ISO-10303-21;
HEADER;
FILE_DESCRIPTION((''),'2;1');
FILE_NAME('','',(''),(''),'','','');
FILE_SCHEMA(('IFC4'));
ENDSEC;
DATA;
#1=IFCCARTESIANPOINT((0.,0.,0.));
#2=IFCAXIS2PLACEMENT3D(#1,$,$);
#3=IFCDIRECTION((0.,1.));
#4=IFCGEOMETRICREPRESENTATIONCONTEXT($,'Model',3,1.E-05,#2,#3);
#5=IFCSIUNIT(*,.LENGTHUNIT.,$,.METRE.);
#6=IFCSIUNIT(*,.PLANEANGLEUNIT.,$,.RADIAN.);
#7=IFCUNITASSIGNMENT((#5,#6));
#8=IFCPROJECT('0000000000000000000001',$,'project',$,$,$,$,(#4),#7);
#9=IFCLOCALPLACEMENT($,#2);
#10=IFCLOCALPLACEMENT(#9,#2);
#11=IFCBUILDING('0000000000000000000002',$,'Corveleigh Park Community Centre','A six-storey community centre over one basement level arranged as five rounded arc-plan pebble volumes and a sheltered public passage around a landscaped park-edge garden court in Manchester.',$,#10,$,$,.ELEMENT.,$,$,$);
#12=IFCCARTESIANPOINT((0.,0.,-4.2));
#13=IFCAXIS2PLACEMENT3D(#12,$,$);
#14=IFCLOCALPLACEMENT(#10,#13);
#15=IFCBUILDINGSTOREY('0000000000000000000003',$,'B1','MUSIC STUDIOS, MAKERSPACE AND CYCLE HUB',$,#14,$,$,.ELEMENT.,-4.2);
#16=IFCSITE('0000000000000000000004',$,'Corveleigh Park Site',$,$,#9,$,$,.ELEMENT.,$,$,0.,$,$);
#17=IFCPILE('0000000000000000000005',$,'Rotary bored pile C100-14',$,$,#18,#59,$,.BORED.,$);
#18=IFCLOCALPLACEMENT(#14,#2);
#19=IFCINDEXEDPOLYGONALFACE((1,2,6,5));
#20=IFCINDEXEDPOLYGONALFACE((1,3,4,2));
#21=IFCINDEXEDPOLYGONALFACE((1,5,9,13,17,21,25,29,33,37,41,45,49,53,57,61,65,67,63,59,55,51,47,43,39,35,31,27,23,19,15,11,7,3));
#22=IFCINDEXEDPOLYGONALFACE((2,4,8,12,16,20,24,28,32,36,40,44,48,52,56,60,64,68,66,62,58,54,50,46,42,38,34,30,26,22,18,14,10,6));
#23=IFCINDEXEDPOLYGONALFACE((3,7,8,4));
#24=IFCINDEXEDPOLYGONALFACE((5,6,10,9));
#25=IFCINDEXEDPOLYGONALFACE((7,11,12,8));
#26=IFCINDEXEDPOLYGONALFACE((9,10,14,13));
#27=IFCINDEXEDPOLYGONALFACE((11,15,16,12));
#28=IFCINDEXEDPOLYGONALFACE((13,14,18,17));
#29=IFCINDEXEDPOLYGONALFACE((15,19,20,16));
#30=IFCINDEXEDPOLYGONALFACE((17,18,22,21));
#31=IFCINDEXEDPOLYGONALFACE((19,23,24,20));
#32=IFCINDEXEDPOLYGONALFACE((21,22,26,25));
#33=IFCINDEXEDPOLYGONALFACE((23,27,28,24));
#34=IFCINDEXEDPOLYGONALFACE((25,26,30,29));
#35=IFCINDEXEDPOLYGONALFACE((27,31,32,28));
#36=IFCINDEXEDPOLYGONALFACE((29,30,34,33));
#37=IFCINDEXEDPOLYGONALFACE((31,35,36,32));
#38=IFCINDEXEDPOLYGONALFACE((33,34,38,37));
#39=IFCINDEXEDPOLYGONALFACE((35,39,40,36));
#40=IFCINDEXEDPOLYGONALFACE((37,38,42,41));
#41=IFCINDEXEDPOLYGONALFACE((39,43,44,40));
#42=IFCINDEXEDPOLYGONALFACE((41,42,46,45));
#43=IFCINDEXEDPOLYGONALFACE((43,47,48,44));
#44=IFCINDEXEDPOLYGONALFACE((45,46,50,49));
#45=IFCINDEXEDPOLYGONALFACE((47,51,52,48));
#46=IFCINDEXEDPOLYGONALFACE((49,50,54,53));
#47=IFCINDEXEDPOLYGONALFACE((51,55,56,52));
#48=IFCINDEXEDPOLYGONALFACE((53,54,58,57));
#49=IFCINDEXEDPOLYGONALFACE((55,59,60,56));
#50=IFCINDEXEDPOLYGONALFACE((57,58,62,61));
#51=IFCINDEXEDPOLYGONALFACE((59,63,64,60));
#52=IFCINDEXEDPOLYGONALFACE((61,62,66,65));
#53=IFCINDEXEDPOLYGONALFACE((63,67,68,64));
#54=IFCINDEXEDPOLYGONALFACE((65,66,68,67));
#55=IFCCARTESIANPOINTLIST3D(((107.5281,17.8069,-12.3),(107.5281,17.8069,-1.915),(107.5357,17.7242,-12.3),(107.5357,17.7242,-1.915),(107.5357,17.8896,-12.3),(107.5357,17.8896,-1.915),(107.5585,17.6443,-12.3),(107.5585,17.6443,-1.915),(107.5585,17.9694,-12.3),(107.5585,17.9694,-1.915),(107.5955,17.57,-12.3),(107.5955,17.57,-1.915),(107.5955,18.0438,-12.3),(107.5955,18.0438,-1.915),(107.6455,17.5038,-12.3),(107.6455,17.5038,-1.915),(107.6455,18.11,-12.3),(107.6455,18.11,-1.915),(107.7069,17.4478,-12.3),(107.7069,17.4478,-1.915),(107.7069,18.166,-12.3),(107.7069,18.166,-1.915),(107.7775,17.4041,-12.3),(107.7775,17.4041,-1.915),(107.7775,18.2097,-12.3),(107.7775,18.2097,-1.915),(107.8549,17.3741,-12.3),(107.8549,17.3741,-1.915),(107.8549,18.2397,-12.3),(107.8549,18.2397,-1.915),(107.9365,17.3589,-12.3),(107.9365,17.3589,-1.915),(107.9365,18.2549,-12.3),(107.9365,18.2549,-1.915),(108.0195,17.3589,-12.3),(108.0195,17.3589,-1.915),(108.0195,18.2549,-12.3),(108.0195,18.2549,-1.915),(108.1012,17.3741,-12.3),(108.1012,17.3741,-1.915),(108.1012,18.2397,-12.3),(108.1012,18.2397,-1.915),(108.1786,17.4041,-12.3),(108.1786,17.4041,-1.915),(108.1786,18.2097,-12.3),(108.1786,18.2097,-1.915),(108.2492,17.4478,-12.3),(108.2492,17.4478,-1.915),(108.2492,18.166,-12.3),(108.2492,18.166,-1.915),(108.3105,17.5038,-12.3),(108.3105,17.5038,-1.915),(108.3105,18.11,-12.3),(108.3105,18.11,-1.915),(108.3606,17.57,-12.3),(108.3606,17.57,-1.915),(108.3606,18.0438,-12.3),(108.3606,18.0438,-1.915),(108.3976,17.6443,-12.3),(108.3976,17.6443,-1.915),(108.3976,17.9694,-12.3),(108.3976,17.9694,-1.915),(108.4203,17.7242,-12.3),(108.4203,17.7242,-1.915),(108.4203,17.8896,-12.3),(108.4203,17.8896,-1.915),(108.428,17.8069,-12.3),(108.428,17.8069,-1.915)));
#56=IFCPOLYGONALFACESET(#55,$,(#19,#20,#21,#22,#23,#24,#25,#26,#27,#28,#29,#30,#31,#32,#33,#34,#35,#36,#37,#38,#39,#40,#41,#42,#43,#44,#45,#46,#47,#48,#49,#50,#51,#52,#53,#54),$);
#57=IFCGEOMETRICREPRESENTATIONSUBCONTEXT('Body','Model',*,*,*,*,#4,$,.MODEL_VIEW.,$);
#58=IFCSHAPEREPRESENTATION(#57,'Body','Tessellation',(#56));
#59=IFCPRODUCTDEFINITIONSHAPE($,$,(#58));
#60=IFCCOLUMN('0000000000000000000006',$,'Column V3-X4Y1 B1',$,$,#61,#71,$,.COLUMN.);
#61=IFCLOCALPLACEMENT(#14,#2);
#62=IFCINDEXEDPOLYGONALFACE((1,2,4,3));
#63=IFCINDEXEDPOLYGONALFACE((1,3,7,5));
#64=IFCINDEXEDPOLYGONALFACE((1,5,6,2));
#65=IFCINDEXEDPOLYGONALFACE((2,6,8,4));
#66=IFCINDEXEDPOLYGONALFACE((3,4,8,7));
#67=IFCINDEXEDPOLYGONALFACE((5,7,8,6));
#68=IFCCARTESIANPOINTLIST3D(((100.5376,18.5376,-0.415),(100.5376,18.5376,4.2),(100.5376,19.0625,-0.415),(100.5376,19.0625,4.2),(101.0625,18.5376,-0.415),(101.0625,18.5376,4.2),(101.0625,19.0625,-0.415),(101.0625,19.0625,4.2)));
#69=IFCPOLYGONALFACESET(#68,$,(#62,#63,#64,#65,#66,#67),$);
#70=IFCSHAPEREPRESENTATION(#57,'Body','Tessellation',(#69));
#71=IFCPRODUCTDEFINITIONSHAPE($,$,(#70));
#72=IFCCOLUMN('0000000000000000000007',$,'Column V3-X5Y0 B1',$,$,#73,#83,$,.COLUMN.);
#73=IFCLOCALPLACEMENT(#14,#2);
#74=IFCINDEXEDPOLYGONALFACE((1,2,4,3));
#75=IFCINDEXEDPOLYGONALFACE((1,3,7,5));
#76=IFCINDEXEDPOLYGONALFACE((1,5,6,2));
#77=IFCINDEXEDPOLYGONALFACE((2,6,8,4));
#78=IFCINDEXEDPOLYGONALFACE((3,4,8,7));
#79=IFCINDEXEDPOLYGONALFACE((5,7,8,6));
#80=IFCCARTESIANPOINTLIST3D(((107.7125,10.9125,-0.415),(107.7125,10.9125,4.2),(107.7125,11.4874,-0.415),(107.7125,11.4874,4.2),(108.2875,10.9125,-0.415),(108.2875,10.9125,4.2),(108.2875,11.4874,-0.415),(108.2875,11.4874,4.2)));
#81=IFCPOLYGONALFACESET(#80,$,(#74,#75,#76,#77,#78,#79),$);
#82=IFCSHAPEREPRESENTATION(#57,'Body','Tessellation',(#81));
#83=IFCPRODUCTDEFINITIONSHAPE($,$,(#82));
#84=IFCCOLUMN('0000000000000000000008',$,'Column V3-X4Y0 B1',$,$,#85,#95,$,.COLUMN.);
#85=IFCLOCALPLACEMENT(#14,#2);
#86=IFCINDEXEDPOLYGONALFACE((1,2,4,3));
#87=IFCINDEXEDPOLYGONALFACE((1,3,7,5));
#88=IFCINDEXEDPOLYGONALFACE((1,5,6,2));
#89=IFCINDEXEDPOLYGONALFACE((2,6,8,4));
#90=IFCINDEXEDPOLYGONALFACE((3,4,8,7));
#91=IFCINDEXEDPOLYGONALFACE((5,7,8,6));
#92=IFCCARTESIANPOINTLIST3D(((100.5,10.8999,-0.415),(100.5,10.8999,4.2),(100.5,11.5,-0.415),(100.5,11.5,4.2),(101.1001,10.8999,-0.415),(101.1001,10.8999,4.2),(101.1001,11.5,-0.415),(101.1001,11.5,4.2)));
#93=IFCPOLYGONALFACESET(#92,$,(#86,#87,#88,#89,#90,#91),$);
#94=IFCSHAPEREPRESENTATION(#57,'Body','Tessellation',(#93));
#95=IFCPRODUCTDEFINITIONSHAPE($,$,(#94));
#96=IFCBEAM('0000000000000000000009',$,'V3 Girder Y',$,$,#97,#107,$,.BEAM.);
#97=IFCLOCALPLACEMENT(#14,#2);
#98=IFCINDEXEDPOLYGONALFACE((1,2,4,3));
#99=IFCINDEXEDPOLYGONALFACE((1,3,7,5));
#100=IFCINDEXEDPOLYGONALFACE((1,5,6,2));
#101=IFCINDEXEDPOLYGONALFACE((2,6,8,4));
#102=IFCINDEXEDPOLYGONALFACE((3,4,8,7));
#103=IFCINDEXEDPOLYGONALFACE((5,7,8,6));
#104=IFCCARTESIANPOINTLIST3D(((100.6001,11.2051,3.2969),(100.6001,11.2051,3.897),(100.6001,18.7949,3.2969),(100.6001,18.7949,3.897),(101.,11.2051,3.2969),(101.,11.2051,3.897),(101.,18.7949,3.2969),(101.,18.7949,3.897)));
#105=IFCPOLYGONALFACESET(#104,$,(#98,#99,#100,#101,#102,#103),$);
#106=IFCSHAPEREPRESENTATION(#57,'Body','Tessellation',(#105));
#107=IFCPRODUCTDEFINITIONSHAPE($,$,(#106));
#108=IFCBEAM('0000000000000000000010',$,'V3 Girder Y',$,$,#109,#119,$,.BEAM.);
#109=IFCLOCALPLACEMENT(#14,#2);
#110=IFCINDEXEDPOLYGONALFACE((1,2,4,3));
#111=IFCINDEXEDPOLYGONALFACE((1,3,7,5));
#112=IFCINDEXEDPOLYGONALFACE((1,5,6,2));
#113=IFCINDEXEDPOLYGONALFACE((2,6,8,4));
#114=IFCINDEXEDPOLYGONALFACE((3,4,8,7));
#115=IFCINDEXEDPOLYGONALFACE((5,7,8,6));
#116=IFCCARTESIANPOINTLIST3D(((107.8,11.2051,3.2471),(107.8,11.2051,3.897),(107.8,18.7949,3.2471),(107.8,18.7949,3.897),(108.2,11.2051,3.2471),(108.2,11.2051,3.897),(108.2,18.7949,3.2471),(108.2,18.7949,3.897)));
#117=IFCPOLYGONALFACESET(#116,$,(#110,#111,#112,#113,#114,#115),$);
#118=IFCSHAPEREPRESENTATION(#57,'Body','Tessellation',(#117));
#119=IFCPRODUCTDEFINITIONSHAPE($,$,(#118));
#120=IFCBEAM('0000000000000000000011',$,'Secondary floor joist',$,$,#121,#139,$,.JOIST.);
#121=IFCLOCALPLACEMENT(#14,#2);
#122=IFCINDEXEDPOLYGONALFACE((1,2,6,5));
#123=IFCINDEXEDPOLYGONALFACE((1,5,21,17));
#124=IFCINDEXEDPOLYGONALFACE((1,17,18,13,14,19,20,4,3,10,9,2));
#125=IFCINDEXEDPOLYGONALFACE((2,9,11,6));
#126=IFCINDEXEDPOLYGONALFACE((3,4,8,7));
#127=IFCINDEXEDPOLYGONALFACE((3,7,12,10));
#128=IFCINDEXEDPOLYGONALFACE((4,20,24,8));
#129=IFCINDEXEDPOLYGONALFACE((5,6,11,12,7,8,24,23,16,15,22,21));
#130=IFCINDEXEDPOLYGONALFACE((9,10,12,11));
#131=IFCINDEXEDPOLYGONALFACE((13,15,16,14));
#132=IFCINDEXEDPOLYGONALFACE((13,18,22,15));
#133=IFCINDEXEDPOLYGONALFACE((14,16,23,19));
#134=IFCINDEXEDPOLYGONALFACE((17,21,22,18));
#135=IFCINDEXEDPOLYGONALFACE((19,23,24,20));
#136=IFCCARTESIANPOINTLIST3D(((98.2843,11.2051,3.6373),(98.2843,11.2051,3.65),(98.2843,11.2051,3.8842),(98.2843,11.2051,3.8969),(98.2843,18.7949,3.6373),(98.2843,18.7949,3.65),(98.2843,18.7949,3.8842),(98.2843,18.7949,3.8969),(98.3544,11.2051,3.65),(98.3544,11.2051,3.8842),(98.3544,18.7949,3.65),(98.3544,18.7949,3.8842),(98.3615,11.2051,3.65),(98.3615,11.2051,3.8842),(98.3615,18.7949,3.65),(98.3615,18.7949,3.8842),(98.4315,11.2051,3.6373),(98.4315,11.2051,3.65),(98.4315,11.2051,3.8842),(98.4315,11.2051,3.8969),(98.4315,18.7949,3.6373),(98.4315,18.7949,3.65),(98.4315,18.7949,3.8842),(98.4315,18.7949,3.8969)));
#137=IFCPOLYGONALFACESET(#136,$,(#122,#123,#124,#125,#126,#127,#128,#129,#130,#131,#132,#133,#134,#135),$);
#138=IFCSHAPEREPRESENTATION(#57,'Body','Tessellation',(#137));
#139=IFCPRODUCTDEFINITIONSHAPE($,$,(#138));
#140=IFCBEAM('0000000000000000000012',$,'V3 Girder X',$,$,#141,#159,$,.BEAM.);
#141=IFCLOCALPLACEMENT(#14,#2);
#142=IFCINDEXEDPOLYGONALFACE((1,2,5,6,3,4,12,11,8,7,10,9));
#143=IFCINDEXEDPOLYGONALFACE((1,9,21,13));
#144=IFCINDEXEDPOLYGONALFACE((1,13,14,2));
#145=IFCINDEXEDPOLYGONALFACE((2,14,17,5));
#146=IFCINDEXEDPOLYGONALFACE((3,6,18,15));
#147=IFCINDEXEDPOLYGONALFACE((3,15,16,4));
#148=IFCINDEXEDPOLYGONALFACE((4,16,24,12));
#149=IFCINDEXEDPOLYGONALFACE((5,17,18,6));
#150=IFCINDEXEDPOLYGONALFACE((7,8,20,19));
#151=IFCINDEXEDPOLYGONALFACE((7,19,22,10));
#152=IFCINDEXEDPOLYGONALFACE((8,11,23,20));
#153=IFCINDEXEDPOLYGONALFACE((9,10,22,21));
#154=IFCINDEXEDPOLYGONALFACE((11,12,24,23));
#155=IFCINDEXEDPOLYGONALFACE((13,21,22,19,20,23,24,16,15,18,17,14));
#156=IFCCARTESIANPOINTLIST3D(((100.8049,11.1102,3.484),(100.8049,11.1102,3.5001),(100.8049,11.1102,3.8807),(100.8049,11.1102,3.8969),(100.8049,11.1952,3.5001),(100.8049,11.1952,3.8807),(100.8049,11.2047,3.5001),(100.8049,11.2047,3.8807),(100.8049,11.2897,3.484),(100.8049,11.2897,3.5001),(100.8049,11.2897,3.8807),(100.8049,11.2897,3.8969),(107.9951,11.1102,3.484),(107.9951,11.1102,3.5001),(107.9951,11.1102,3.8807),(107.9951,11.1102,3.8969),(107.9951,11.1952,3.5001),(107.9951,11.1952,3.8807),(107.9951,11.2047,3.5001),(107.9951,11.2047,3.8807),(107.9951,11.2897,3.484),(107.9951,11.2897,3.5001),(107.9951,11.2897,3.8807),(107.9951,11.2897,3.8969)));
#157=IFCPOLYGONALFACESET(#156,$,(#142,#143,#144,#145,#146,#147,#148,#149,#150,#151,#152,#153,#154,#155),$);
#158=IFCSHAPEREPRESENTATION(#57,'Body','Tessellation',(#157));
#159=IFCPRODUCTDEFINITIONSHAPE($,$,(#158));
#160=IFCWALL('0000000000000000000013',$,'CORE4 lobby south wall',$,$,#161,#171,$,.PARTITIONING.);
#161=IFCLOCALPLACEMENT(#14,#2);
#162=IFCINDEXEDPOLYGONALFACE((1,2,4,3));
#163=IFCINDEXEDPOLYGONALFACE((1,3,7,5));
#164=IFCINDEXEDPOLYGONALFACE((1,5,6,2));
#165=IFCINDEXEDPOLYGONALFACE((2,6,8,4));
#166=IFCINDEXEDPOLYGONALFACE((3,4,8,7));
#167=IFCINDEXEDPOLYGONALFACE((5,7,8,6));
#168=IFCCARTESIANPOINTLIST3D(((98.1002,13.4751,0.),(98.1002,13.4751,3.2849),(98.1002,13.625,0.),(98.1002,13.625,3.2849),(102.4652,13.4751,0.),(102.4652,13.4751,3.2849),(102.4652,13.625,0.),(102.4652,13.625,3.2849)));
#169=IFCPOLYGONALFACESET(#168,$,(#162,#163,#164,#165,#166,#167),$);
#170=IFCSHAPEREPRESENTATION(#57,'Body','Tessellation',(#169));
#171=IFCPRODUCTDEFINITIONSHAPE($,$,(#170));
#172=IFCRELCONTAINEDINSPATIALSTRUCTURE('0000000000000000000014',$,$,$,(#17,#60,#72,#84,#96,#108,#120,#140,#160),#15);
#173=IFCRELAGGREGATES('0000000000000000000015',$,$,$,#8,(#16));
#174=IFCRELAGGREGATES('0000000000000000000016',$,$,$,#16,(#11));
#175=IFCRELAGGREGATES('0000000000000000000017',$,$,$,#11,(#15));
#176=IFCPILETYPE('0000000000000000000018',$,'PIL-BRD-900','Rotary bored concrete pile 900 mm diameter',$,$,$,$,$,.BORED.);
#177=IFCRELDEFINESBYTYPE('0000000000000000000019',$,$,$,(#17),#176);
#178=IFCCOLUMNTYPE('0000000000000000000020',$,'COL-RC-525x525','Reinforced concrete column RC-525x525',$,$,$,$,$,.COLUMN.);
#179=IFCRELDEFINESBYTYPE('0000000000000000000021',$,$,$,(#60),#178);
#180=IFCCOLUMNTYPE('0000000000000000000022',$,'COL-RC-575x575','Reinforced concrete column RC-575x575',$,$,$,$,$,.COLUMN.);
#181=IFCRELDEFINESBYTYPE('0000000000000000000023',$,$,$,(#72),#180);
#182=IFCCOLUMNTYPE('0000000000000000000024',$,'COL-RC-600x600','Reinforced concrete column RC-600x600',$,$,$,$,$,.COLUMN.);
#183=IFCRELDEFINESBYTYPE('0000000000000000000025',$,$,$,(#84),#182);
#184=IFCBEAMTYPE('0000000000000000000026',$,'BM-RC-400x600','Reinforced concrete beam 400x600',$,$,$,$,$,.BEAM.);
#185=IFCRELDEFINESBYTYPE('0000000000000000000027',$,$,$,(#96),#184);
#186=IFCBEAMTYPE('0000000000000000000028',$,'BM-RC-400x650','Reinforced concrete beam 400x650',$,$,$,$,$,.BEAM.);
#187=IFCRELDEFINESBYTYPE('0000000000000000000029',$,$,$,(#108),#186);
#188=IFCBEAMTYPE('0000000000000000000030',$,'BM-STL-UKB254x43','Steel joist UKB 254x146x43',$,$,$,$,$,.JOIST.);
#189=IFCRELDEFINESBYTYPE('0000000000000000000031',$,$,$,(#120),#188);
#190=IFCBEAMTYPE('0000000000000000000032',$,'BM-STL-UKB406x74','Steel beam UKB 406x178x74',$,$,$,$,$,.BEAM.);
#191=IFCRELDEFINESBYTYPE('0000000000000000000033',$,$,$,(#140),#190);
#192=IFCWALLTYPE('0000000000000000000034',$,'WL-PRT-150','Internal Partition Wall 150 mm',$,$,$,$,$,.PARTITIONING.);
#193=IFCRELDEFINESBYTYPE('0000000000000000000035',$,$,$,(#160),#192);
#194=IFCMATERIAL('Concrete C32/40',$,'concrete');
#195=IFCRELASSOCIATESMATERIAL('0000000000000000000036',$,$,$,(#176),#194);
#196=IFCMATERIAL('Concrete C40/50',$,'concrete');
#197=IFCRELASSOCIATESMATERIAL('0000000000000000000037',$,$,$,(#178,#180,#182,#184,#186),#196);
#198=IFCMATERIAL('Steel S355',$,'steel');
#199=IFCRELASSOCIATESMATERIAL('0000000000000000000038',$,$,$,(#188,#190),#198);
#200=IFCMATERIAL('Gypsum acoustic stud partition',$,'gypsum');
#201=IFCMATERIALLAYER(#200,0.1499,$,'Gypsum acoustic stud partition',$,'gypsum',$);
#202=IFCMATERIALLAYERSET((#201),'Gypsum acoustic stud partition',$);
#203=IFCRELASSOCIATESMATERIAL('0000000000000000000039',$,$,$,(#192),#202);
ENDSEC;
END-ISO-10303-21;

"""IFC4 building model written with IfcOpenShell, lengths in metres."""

from ifc_helpers import new_model, si_unit, direction, frame, frame_2d, origin, origin_2d, place, context, subcontext, project, spatial, rectangle, circle, i_section, extrude, material, layer, layer_set, material_profile, profile_set, type_object, element, save


model = new_model("IFC4")

# Units and contexts
model_context = context("Model", 3, precision=1e-05, world=origin(), true_north=direction((0.0, 1.0)))
body_context = subcontext(model_context, "Body", "Model", "MODEL_VIEW")
ifc_project = project(units=[si_unit("LENGTHUNIT", "METRE"), si_unit("PLANEANGLEUNIT", "RADIAN")], contexts=[model_context])

# Site, building, storey
site_placement = place(None, origin())
site = spatial("IfcSite", under=ifc_project, at=site_placement, Name="Corveleigh Park Site", CompositionType="ELEMENT", RefElevation=0.0)
building_placement = place(site_placement, origin())
building = spatial("IfcBuilding", under=site, at=building_placement, Name="Corveleigh Park Community Centre", Description="A six-storey community centre over one basement level arranged as five rounded arc-plan pebble volumes and a sheltered public passage around a landscaped park-edge garden court in Manchester.", CompositionType="ELEMENT")
storey_placement = place(building_placement, frame((0.0, 0.0, -4.2)))
storey = spatial("IfcBuildingStorey", under=building, at=storey_placement, Name="B1", Description="MUSIC STUDIOS, MAKERSPACE AND CYCLE HUB", CompositionType="ELEMENT", Elevation=-4.2)

# Pile
ifc_material_1 = material(Name="Concrete C32/40", Category="concrete")
ifc_material_profile_1 = material_profile(ifc_material_1, circle(Radius=0.45, at=origin_2d()), Name="BORED-PILE-900", Category="concrete")
ifc_profile_set_1 = profile_set([ifc_material_profile_1], Name="Concrete C32/40")
pile_type_1 = type_object("IfcPileType", Name="PIL-BRD-900", Description="Rotary bored concrete pile 900 mm diameter", PredefinedType="BORED", material=ifc_profile_set_1)
for number, where, z_axis, x_axis, name in (
    (1, (107.978, 17.8069, -1.915), (0.0, 0.0, -1.0), (1.0, 0.0, 0.0), "Rotary bored pile C100-14"),
):
    element("IfcPile", number, at=place(storey_placement, frame(where, z_axis=z_axis, x_axis=x_axis)), inside=storey, type_object=pile_type_1, Name=name, PredefinedType="BORED", context=body_context, shape_type="SweptSolid", body=[
        extrude(circle(Radius=0.45, at=origin_2d()), origin(), (0.0, 0.0, 1.0), 10.385),
    ])

# Columns
ifc_material_2 = material(Name="Concrete C40/50", Category="concrete")
ifc_material_profile_2 = material_profile(ifc_material_2, rectangle(XDim=0.5249, YDim=0.5249, at=origin_2d()), Name="RC-525x525", Category="concrete")
ifc_profile_set_2 = profile_set([ifc_material_profile_2], Name="Concrete C40/50")
column_type_1 = type_object("IfcColumnType", Name="COL-RC-525x525", Description="Reinforced concrete column RC-525x525", PredefinedType="COLUMN", material=ifc_profile_set_2)
column_1_placement = place(storey_placement, frame((100.8, 18.8, -0.415), z_axis=(0.0, 0.0, 1.0), x_axis=(1.0, 0.0, 0.0)))
element("IfcColumn", 2, at=column_1_placement, inside=storey, type_object=column_type_1, Name="Column V3-X4Y1 B1", PredefinedType="COLUMN", context=body_context, shape_type="SweptSolid", body=[
    extrude(rectangle(XDim=0.5249, YDim=0.5249, at=origin_2d()), origin(), (0.0, 0.0, 1.0), 4.615),
])
ifc_material_profile_3 = material_profile(ifc_material_2, rectangle(XDim=0.575, YDim=0.575, at=origin_2d()), Name="RC-575x575", Category="concrete")
ifc_profile_set_3 = profile_set([ifc_material_profile_3], Name="Concrete C40/50")
column_type_2 = type_object("IfcColumnType", Name="COL-RC-575x575", Description="Reinforced concrete column RC-575x575", PredefinedType="COLUMN", material=ifc_profile_set_3)
column_2_placement = place(storey_placement, frame((108.0, 11.2, -0.415), z_axis=(0.0, 0.0, 1.0), x_axis=(1.0, 0.0, 0.0)))
element("IfcColumn", 3, at=column_2_placement, inside=storey, type_object=column_type_2, Name="Column V3-X5Y0 B1", PredefinedType="COLUMN", context=body_context, shape_type="SweptSolid", body=[
    extrude(rectangle(XDim=0.575, YDim=0.575, at=origin_2d()), origin(), (0.0, 0.0, 1.0), 4.615),
])
ifc_material_profile_4 = material_profile(ifc_material_2, rectangle(XDim=0.6001, YDim=0.6001, at=origin_2d()), Name="RC-600x600", Category="concrete")
ifc_profile_set_4 = profile_set([ifc_material_profile_4], Name="Concrete C40/50")
column_type_3 = type_object("IfcColumnType", Name="COL-RC-600x600", Description="Reinforced concrete column RC-600x600", PredefinedType="COLUMN", material=ifc_profile_set_4)
column_3_placement = place(storey_placement, frame((100.8, 11.2, -0.415), z_axis=(0.0, 0.0, 1.0), x_axis=(1.0, 0.0, 0.0)))
element("IfcColumn", 4, at=column_3_placement, inside=storey, type_object=column_type_3, Name="Column V3-X4Y0 B1", PredefinedType="COLUMN", context=body_context, shape_type="SweptSolid", body=[
    extrude(rectangle(XDim=0.6001, YDim=0.6001, at=origin_2d()), origin(), (0.0, 0.0, 1.0), 4.615),
])

# Beams
ifc_material_profile_5 = material_profile(ifc_material_2, rectangle(XDim=0.3999, YDim=0.6001, at=origin_2d()), Name="RC-400x600", Category="concrete")
ifc_profile_set_5 = profile_set([ifc_material_profile_5], Name="Concrete C40/50")
beam_type_1 = type_object("IfcBeamType", Name="BM-RC-400x600", Description="Reinforced concrete beam 400x600", PredefinedType="BEAM", material=ifc_profile_set_5)
beam_1_placement = place(storey_placement, frame((100.8, 11.2051, 3.5969), z_axis=(0.0, 1.0, 0.0), x_axis=(-1.0, 0.0, 0.0)))
element("IfcBeam", 5, at=beam_1_placement, inside=storey, type_object=beam_type_1, Name="V3 Girder Y", PredefinedType="BEAM", context=body_context, shape_type="SweptSolid", body=[
    extrude(rectangle(XDim=0.3999, YDim=0.6001, at=origin_2d()), origin(), (0.0, 0.0, 1.0), 7.5898),
])
ifc_material_profile_6 = material_profile(ifc_material_2, rectangle(XDim=0.3999, YDim=0.6499, at=origin_2d()), Name="RC-400x650", Category="concrete")
ifc_profile_set_6 = profile_set([ifc_material_profile_6], Name="Concrete C40/50")
beam_type_2 = type_object("IfcBeamType", Name="BM-RC-400x650", Description="Reinforced concrete beam 400x650", PredefinedType="BEAM", material=ifc_profile_set_6)
beam_2_placement = place(storey_placement, frame((108.0, 11.2051, 3.572), z_axis=(0.0, 1.0, 0.0), x_axis=(-1.0, 0.0, 0.0)))
element("IfcBeam", 6, at=beam_2_placement, inside=storey, type_object=beam_type_2, Name="V3 Girder Y", PredefinedType="BEAM", context=body_context, shape_type="SweptSolid", body=[
    extrude(rectangle(XDim=0.3999, YDim=0.6499, at=origin_2d()), origin(), (0.0, 0.0, 1.0), 7.5898),
])
ifc_material_3 = material(Name="Steel S355", Category="steel")
ifc_material_profile_7 = material_profile(ifc_material_3, i_section(OverallWidth=0.1472, OverallDepth=0.2595, WebThickness=0.0071, FlangeThickness=0.0127, at=origin_2d()), Name="UKB 254x146x43", Category="steel")
ifc_profile_set_7 = profile_set([ifc_material_profile_7], Name="Steel S355")
beam_type_3 = type_object("IfcBeamType", Name="BM-STL-UKB254x43", Description="Steel joist UKB 254x146x43", PredefinedType="JOIST", material=ifc_profile_set_7)
beam_3_placement = place(storey_placement, frame((98.3579, 11.2051, 3.7671), z_axis=(0.0, 1.0, 0.0), x_axis=(-1.0, 0.0, 0.0)))
element("IfcBeam", 7, at=beam_3_placement, inside=storey, type_object=beam_type_3, Name="Secondary floor joist", PredefinedType="JOIST", context=body_context, shape_type="SweptSolid", body=[
    extrude(i_section(OverallWidth=0.1472, OverallDepth=0.2595, WebThickness=0.0071, FlangeThickness=0.0127, at=origin_2d()), origin(), (0.0, 0.0, 1.0), 7.5898),
])
ifc_material_profile_8 = material_profile(ifc_material_3, i_section(OverallWidth=0.1794, OverallDepth=0.4128, WebThickness=0.0095, FlangeThickness=0.0161, at=origin_2d()), Name="UKB 406x178x74", Category="steel")
ifc_profile_set_8 = profile_set([ifc_material_profile_8], Name="Steel S355")
beam_type_4 = type_object("IfcBeamType", Name="BM-STL-UKB406x74", Description="Steel beam UKB 406x178x74", PredefinedType="BEAM", material=ifc_profile_set_8)
beam_4_placement = place(storey_placement, frame((100.8049, 11.2, 3.6904), z_axis=(1.0, 0.0, 0.0), x_axis=(0.0, 1.0, 0.0)))
element("IfcBeam", 8, at=beam_4_placement, inside=storey, type_object=beam_type_4, Name="V3 Girder X", PredefinedType="BEAM", context=body_context, shape_type="SweptSolid", body=[
    extrude(i_section(OverallWidth=0.1794, OverallDepth=0.4128, WebThickness=0.0095, FlangeThickness=0.0161, at=origin_2d()), origin(), (0.0, 0.0, 1.0), 7.1902),
])

# Wall
ifc_material_4 = material(Name="Gypsum acoustic stud partition", Category="gypsum")
ifc_layer_1 = layer(ifc_material_4, 0.1499, Name="Gypsum acoustic stud partition", Category="gypsum")
ifc_layer_set_1 = layer_set([ifc_layer_1], Name="Gypsum acoustic stud partition")
wall_type_1 = type_object("IfcWallType", Name="WL-PRT-150", Description="Internal Partition Wall 150 mm", PredefinedType="PARTITIONING", material=ifc_layer_set_1)
wall_1_placement = place(storey_placement, frame((98.1001, 13.55, 0.0), z_axis=(0.0, 0.0, 1.0), x_axis=(1.0, 0.0, 0.0)))
element("IfcWall", 9, at=wall_1_placement, inside=storey, type_object=wall_type_1, Name="CORE4 lobby south wall", PredefinedType="PARTITIONING", context=body_context, shape_type="SweptSolid", body=[
    extrude(rectangle(XDim=4.365, YDim=0.1499, at=frame_2d((2.1826, 0.0))), origin(), (0.0, 0.0, 1.0), 3.2849),
])

save(model, "model.ifc")
